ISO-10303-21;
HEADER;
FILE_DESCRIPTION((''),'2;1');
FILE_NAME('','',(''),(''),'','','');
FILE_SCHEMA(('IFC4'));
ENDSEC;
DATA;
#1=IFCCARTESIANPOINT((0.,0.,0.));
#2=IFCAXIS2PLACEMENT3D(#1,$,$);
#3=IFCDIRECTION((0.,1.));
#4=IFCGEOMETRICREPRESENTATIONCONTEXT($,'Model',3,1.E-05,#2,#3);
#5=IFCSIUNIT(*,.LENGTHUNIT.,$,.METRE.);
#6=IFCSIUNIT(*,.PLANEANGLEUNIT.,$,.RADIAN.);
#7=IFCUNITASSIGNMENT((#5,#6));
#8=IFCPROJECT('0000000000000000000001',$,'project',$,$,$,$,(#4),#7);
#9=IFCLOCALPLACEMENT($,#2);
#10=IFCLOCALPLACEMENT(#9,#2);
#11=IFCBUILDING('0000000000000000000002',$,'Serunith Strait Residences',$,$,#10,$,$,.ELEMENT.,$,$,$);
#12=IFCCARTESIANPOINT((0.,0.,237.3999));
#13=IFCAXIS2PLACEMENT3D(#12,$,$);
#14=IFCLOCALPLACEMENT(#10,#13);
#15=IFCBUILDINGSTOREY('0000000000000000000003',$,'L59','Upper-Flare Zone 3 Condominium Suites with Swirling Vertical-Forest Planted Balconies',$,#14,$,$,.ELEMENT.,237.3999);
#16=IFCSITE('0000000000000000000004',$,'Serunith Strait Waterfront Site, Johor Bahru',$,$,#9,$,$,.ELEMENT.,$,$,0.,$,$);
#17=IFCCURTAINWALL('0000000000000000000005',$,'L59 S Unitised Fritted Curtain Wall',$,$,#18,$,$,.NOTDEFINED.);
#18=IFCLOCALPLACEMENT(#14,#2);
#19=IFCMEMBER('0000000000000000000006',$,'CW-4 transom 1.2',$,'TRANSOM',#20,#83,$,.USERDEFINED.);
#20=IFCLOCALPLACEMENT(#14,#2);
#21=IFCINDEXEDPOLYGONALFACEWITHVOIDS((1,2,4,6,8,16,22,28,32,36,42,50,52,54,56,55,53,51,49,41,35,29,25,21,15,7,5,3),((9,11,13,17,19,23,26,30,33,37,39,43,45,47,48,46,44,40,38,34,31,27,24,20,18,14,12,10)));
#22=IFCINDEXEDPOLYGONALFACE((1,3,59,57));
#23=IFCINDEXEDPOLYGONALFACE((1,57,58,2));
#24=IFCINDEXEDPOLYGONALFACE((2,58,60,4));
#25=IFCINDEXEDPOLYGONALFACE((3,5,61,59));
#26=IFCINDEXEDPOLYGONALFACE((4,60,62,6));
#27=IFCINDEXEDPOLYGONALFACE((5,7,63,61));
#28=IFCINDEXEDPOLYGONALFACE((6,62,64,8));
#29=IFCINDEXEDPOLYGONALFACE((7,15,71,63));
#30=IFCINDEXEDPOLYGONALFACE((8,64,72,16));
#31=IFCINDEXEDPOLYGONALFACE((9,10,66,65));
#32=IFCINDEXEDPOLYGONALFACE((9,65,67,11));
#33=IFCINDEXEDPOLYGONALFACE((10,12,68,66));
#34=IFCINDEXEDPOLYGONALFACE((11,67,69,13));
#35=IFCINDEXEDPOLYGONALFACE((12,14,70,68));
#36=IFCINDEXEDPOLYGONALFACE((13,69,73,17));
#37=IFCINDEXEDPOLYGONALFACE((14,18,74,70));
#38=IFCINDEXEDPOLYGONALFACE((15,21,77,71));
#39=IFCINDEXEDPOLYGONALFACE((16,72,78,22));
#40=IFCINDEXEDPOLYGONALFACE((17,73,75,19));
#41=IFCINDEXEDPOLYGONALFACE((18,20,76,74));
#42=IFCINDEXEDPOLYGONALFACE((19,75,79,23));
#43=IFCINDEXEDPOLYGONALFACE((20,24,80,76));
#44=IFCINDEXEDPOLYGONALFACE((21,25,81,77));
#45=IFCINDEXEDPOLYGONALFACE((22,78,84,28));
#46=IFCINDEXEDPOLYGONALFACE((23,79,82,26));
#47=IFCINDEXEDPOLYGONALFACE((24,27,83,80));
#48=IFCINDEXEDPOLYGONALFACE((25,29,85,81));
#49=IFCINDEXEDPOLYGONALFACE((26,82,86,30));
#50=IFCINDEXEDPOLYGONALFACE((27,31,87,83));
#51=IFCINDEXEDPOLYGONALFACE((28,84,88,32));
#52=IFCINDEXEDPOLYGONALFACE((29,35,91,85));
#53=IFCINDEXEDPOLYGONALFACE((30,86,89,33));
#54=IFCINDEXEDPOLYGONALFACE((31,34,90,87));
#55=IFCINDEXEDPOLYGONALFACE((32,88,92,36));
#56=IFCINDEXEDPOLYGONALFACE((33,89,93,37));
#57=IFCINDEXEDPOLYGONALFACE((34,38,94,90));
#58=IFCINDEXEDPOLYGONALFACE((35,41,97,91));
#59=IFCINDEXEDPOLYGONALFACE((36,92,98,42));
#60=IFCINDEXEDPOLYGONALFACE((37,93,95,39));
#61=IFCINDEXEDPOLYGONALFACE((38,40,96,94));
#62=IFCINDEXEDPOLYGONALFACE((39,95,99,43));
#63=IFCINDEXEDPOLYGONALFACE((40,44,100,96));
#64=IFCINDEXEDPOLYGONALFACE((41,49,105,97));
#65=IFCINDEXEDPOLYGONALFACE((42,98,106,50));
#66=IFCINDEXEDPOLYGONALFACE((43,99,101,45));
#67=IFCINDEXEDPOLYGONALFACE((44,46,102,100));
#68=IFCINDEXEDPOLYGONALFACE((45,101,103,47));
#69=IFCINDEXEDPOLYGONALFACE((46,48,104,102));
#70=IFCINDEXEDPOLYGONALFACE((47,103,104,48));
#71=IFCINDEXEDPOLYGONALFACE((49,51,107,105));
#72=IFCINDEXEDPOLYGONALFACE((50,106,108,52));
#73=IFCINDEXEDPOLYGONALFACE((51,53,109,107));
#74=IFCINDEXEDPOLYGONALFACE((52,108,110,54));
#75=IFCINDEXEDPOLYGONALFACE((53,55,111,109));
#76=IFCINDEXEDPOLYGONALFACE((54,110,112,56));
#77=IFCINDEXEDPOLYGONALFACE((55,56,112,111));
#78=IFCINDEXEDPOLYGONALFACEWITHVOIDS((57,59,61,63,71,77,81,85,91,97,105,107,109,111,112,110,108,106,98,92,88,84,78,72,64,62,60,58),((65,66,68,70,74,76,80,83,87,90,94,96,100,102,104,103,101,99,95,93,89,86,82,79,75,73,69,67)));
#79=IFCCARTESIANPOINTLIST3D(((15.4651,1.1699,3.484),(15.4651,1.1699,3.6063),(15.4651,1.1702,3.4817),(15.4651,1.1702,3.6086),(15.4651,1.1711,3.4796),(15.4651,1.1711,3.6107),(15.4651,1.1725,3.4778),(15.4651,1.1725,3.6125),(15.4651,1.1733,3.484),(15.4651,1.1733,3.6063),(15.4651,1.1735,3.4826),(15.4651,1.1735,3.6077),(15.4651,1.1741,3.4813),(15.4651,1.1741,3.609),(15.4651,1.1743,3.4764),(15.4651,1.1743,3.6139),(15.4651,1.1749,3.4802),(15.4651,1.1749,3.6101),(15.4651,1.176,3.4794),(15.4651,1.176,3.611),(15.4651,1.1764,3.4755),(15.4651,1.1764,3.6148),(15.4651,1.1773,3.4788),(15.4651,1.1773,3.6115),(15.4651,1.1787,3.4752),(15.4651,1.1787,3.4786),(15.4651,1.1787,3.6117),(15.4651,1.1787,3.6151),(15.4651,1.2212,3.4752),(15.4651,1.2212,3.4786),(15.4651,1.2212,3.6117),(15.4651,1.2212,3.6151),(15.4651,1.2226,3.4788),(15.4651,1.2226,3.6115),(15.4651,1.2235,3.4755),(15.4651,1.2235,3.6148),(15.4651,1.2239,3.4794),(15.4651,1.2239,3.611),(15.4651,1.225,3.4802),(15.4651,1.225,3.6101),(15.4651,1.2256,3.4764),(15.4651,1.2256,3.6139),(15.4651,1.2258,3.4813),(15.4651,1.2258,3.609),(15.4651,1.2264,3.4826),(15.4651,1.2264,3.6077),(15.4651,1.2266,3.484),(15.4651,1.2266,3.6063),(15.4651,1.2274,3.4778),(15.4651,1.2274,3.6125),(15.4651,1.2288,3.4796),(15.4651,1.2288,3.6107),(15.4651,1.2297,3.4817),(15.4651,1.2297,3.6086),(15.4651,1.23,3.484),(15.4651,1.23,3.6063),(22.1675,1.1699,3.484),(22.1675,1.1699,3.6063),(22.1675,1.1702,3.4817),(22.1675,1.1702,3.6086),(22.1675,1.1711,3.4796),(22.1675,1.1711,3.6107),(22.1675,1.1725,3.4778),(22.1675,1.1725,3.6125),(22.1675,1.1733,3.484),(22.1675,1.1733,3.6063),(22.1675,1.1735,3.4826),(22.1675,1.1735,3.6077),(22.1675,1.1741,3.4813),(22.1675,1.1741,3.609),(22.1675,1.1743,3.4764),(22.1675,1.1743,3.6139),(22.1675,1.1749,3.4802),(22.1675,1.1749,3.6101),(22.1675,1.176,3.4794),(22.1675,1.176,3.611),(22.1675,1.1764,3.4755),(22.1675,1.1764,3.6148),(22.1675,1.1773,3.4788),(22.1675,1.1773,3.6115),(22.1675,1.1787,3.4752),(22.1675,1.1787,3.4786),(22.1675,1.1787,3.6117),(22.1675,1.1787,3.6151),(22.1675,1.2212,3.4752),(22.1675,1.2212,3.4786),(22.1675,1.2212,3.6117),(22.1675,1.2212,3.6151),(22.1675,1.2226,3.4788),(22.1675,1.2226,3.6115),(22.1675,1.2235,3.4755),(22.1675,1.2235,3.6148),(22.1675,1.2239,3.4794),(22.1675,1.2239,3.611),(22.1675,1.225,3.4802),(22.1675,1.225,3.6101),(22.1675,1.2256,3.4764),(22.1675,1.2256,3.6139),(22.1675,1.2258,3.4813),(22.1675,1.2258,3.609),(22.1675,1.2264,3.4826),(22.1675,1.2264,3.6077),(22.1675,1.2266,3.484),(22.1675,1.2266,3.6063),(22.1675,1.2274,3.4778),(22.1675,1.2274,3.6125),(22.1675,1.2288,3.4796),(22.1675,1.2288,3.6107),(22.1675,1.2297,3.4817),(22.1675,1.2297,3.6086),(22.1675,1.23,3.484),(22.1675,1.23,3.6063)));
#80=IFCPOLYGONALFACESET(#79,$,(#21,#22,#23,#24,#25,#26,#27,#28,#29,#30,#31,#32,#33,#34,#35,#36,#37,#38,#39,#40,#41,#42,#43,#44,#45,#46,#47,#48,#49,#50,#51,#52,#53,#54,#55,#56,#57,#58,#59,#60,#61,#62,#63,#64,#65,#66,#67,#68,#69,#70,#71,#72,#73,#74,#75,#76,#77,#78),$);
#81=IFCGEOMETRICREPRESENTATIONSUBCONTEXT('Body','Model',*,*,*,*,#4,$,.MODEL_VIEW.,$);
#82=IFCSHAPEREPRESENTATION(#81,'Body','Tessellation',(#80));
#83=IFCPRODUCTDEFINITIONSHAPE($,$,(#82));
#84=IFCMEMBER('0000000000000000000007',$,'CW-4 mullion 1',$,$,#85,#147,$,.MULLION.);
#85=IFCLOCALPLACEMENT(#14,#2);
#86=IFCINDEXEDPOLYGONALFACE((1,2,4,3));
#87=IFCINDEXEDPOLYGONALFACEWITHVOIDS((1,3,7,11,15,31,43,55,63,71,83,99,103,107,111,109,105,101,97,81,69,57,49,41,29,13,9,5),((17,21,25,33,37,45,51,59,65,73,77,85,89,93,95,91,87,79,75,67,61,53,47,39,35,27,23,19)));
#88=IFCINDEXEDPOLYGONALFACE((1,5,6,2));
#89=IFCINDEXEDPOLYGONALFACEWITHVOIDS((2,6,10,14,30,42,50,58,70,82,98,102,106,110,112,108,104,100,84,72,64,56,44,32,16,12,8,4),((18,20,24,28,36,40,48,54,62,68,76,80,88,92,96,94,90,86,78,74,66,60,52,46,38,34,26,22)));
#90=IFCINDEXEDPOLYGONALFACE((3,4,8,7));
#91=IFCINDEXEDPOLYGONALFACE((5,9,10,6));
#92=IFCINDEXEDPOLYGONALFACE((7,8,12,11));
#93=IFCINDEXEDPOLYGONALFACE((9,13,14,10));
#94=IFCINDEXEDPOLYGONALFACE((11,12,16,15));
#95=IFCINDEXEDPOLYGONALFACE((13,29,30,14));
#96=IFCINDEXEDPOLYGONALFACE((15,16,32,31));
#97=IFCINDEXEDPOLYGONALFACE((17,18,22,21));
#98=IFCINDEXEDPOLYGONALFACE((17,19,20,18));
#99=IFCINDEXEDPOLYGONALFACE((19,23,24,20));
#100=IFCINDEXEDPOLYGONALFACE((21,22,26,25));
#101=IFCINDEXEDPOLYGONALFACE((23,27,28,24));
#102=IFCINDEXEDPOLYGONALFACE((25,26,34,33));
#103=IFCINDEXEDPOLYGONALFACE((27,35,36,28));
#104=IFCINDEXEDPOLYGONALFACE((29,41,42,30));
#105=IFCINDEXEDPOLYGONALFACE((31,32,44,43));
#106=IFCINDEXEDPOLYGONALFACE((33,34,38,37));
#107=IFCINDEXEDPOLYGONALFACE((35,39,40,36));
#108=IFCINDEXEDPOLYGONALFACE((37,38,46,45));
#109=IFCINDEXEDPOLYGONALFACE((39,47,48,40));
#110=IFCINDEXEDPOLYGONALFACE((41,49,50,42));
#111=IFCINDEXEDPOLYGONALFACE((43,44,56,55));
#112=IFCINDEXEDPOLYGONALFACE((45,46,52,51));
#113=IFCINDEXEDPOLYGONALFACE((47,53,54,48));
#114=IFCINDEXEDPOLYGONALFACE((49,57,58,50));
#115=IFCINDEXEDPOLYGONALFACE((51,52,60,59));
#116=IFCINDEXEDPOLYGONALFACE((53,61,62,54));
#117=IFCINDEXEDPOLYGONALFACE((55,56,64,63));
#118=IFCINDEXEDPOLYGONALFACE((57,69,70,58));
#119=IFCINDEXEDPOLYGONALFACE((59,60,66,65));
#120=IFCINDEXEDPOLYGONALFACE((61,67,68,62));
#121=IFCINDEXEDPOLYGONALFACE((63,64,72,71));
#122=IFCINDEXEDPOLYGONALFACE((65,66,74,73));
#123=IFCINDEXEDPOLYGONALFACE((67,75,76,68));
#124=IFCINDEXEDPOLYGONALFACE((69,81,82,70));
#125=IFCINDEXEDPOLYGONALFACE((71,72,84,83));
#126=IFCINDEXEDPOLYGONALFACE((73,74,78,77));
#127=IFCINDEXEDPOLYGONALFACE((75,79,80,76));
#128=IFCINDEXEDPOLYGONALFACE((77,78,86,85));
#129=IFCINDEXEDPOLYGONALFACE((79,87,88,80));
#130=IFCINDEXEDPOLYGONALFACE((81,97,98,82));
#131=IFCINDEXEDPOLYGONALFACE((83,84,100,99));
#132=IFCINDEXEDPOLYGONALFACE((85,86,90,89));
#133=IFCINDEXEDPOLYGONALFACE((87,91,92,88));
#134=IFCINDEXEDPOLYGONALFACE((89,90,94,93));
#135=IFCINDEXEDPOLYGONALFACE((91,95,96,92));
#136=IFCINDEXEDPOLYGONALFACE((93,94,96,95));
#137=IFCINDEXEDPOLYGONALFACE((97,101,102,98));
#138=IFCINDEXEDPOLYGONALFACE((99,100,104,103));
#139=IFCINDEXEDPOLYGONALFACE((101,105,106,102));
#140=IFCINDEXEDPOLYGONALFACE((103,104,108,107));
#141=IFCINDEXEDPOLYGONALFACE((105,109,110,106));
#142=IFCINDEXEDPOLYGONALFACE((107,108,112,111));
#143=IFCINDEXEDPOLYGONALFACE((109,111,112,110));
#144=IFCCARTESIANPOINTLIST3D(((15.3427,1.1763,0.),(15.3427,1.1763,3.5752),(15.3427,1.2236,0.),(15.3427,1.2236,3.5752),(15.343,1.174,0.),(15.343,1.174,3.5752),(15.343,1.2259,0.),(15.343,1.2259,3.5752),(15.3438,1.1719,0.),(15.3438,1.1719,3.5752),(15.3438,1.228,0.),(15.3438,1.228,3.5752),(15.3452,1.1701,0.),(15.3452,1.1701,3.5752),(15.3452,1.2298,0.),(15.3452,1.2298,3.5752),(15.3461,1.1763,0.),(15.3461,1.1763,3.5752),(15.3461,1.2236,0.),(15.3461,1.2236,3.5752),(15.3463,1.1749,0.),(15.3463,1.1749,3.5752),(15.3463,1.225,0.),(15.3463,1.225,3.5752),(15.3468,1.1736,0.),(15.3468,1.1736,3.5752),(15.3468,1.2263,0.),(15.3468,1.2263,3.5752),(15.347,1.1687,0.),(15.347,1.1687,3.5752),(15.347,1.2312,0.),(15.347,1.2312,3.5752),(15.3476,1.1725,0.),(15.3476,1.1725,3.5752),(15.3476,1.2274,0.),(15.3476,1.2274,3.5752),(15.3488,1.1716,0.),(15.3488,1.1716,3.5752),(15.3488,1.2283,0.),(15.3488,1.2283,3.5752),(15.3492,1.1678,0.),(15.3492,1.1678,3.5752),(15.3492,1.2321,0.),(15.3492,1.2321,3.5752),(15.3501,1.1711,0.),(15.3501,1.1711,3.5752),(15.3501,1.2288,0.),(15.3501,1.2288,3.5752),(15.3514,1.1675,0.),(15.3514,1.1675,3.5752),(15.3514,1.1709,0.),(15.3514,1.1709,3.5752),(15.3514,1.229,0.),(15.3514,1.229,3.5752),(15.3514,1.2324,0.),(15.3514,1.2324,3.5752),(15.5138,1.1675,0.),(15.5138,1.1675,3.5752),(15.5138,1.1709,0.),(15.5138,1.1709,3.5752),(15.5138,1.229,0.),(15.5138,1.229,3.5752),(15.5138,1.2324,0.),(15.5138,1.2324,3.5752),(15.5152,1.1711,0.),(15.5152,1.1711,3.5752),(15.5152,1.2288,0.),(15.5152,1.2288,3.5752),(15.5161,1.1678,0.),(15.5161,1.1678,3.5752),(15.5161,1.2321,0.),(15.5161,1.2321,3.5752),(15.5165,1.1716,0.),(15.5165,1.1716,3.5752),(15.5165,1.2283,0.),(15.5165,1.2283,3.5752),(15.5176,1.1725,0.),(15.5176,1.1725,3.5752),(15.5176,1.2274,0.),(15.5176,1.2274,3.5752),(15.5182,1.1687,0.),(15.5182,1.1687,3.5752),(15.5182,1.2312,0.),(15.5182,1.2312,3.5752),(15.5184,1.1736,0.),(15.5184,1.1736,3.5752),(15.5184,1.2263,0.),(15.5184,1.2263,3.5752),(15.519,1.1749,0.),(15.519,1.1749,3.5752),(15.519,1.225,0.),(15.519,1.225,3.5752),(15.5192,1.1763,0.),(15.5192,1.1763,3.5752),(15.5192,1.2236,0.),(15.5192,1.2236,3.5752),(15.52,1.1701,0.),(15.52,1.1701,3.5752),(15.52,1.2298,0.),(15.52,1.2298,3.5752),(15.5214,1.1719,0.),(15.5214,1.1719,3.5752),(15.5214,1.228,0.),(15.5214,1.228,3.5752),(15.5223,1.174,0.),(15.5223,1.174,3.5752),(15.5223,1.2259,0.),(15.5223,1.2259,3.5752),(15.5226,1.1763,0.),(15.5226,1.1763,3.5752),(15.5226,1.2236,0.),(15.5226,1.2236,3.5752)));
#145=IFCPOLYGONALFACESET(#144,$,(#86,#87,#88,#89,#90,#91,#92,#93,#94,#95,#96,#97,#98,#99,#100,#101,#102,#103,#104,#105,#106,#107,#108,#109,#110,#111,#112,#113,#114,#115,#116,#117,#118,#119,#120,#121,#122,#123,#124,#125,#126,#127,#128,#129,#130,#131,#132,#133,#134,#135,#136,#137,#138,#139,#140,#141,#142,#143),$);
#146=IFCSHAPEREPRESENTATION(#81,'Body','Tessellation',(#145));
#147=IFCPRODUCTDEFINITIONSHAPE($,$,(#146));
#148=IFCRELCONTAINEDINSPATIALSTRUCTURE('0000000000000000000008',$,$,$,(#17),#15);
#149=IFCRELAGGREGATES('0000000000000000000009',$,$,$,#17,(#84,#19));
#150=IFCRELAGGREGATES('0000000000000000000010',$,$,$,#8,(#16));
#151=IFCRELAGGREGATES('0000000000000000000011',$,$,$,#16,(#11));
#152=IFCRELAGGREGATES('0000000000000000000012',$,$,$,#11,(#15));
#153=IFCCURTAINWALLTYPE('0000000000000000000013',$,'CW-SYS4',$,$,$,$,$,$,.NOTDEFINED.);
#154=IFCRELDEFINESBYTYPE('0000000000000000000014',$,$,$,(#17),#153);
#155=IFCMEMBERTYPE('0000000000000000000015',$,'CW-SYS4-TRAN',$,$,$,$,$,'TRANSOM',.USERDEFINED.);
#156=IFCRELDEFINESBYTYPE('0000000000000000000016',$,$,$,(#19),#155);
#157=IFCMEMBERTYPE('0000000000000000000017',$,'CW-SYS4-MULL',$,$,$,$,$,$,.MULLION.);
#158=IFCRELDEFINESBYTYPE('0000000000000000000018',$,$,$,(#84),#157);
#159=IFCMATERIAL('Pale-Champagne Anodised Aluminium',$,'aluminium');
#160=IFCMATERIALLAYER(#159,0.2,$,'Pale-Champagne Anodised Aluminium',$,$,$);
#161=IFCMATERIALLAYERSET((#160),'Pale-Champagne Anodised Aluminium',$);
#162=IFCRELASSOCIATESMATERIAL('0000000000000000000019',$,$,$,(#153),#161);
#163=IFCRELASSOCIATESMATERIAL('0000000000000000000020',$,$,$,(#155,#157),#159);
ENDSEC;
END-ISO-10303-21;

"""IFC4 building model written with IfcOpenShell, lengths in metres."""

from ifc_helpers import new_model, si_unit, direction, frame, origin, origin_2d, place, context, subcontext, project, spatial, hollow_rectangle, extrude, source, transform, mapped, material, layer, layer_set, material_profile, profile_set, type_object, element, aggregate, save


model = new_model("IFC4")

# Units and contexts
model_context = context("Model", 3, precision=1e-05, world=origin(), true_north=direction((0.0, 1.0)))
body_context = subcontext(model_context, "Body", "Model", "MODEL_VIEW")
ifc_project = project(units=[si_unit("LENGTHUNIT", "METRE"), si_unit("PLANEANGLEUNIT", "RADIAN")], contexts=[model_context])

# Site, building, storey
site_placement = place(None, origin())
site = spatial("IfcSite", under=ifc_project, at=site_placement, Name="Serunith Strait Waterfront Site, Johor Bahru", CompositionType="ELEMENT", RefElevation=0.0)
building_placement = place(site_placement, origin())
building = spatial("IfcBuilding", under=site, at=building_placement, Name="Serunith Strait Residences", CompositionType="ELEMENT")
storey_placement = place(building_placement, frame((0.0, 0.0, 237.3999)))
storey = spatial("IfcBuildingStorey", under=building, at=storey_placement, Name="L59", Description="Upper-Flare Zone 3 Condominium Suites with Swirling Vertical-Forest Planted Balconies", CompositionType="ELEMENT", Elevation=237.3999)

# Curtain wall, members
ifc_material_1 = material(Name="Pale-Champagne Anodised Aluminium", Category="aluminium")
ifc_layer_1 = layer(ifc_material_1, 0.2, Name="Pale-Champagne Anodised Aluminium")
ifc_layer_set_1 = layer_set([ifc_layer_1], Name="Pale-Champagne Anodised Aluminium")
curtain_wall_type = type_object("IfcCurtainWallType", Name="CW-SYS4", PredefinedType="NOTDEFINED", material=ifc_layer_set_1)
curtain_wall_1_placement = place(storey_placement, origin())
curtain_wall_1 = element("IfcCurtainWall", 1, at=curtain_wall_1_placement, inside=storey, type_object=curtain_wall_type, Name="L59 S Unitised Fritted Curtain Wall", PredefinedType="NOTDEFINED")
ifc_material_profile_1 = material_profile(ifc_material_1, hollow_rectangle(XDim=0.0601, YDim=0.1399, WallThickness=0.0034, InnerFilletRadius=0.0054, OuterFilletRadius=0.0088, at=origin_2d()), Name="ALU 140x60x3.5")
ifc_profile_set_1 = profile_set([ifc_material_profile_1], Name="Pale-Champagne Anodised Aluminium")
member_type_1 = type_object("IfcMemberType", Name="CW-SYS4-TRAN", ElementType="TRANSOM", PredefinedType="USERDEFINED", material=ifc_profile_set_1)
shared_shape_1 = source(origin(), body_context, "Body", "SweptSolid", [
    extrude(hollow_rectangle(XDim=0.0601, YDim=0.1399, WallThickness=0.0034, InnerFilletRadius=0.0054, OuterFilletRadius=0.0088, at=origin_2d()), origin(), (0.0, 0.0, 1.0), 6.7024),
])
member_1_placement = place(storey_placement, frame((15.4651, 1.2, 3.5452), z_axis=(1.0, 0.0, 0.0), x_axis=(0.0, 1.0, 0.0)))
member_1 = element("IfcMember", 2, at=member_1_placement, type_object=member_type_1, Name="CW-4 transom 1.2", ObjectType="TRANSOM", PredefinedType="USERDEFINED", context=body_context, shape_type="MappedRepresentation", body=[
    mapped(shared_shape_1, transform((0.0, 0.0, 0.0), scale=1.0)),
])
ifc_material_profile_2 = material_profile(ifc_material_1, hollow_rectangle(XDim=0.0649, YDim=0.1799, WallThickness=0.0034, InnerFilletRadius=0.0054, OuterFilletRadius=0.0088, at=origin_2d()), Name="ALU 180x65x3.5")
ifc_profile_set_2 = profile_set([ifc_material_profile_2], Name="Pale-Champagne Anodised Aluminium")
member_type_2 = type_object("IfcMemberType", Name="CW-SYS4-MULL", PredefinedType="MULLION", material=ifc_profile_set_2)
shared_shape_2 = source(origin(), body_context, "Body", "SweptSolid", [
    extrude(hollow_rectangle(XDim=0.0649, YDim=0.1799, WallThickness=0.0034, InnerFilletRadius=0.0054, OuterFilletRadius=0.0088, at=origin_2d()), origin(), (0.0, 0.0, 1.0), 3.5752),
])
member_2_placement = place(storey_placement, frame((15.4326, 1.2, 0.0), z_axis=(0.0, 0.0, 1.0), x_axis=(0.0, 1.0, 0.0)))
member_2 = element("IfcMember", 3, at=member_2_placement, type_object=member_type_2, Name="CW-4 mullion 1", PredefinedType="MULLION", context=body_context, shape_type="MappedRepresentation", body=[
    mapped(shared_shape_2, transform((0.0, 0.0, 0.0), scale=1.0)),
])
aggregate(curtain_wall_1, [member_2, member_1])

save(model, "model.ifc")
